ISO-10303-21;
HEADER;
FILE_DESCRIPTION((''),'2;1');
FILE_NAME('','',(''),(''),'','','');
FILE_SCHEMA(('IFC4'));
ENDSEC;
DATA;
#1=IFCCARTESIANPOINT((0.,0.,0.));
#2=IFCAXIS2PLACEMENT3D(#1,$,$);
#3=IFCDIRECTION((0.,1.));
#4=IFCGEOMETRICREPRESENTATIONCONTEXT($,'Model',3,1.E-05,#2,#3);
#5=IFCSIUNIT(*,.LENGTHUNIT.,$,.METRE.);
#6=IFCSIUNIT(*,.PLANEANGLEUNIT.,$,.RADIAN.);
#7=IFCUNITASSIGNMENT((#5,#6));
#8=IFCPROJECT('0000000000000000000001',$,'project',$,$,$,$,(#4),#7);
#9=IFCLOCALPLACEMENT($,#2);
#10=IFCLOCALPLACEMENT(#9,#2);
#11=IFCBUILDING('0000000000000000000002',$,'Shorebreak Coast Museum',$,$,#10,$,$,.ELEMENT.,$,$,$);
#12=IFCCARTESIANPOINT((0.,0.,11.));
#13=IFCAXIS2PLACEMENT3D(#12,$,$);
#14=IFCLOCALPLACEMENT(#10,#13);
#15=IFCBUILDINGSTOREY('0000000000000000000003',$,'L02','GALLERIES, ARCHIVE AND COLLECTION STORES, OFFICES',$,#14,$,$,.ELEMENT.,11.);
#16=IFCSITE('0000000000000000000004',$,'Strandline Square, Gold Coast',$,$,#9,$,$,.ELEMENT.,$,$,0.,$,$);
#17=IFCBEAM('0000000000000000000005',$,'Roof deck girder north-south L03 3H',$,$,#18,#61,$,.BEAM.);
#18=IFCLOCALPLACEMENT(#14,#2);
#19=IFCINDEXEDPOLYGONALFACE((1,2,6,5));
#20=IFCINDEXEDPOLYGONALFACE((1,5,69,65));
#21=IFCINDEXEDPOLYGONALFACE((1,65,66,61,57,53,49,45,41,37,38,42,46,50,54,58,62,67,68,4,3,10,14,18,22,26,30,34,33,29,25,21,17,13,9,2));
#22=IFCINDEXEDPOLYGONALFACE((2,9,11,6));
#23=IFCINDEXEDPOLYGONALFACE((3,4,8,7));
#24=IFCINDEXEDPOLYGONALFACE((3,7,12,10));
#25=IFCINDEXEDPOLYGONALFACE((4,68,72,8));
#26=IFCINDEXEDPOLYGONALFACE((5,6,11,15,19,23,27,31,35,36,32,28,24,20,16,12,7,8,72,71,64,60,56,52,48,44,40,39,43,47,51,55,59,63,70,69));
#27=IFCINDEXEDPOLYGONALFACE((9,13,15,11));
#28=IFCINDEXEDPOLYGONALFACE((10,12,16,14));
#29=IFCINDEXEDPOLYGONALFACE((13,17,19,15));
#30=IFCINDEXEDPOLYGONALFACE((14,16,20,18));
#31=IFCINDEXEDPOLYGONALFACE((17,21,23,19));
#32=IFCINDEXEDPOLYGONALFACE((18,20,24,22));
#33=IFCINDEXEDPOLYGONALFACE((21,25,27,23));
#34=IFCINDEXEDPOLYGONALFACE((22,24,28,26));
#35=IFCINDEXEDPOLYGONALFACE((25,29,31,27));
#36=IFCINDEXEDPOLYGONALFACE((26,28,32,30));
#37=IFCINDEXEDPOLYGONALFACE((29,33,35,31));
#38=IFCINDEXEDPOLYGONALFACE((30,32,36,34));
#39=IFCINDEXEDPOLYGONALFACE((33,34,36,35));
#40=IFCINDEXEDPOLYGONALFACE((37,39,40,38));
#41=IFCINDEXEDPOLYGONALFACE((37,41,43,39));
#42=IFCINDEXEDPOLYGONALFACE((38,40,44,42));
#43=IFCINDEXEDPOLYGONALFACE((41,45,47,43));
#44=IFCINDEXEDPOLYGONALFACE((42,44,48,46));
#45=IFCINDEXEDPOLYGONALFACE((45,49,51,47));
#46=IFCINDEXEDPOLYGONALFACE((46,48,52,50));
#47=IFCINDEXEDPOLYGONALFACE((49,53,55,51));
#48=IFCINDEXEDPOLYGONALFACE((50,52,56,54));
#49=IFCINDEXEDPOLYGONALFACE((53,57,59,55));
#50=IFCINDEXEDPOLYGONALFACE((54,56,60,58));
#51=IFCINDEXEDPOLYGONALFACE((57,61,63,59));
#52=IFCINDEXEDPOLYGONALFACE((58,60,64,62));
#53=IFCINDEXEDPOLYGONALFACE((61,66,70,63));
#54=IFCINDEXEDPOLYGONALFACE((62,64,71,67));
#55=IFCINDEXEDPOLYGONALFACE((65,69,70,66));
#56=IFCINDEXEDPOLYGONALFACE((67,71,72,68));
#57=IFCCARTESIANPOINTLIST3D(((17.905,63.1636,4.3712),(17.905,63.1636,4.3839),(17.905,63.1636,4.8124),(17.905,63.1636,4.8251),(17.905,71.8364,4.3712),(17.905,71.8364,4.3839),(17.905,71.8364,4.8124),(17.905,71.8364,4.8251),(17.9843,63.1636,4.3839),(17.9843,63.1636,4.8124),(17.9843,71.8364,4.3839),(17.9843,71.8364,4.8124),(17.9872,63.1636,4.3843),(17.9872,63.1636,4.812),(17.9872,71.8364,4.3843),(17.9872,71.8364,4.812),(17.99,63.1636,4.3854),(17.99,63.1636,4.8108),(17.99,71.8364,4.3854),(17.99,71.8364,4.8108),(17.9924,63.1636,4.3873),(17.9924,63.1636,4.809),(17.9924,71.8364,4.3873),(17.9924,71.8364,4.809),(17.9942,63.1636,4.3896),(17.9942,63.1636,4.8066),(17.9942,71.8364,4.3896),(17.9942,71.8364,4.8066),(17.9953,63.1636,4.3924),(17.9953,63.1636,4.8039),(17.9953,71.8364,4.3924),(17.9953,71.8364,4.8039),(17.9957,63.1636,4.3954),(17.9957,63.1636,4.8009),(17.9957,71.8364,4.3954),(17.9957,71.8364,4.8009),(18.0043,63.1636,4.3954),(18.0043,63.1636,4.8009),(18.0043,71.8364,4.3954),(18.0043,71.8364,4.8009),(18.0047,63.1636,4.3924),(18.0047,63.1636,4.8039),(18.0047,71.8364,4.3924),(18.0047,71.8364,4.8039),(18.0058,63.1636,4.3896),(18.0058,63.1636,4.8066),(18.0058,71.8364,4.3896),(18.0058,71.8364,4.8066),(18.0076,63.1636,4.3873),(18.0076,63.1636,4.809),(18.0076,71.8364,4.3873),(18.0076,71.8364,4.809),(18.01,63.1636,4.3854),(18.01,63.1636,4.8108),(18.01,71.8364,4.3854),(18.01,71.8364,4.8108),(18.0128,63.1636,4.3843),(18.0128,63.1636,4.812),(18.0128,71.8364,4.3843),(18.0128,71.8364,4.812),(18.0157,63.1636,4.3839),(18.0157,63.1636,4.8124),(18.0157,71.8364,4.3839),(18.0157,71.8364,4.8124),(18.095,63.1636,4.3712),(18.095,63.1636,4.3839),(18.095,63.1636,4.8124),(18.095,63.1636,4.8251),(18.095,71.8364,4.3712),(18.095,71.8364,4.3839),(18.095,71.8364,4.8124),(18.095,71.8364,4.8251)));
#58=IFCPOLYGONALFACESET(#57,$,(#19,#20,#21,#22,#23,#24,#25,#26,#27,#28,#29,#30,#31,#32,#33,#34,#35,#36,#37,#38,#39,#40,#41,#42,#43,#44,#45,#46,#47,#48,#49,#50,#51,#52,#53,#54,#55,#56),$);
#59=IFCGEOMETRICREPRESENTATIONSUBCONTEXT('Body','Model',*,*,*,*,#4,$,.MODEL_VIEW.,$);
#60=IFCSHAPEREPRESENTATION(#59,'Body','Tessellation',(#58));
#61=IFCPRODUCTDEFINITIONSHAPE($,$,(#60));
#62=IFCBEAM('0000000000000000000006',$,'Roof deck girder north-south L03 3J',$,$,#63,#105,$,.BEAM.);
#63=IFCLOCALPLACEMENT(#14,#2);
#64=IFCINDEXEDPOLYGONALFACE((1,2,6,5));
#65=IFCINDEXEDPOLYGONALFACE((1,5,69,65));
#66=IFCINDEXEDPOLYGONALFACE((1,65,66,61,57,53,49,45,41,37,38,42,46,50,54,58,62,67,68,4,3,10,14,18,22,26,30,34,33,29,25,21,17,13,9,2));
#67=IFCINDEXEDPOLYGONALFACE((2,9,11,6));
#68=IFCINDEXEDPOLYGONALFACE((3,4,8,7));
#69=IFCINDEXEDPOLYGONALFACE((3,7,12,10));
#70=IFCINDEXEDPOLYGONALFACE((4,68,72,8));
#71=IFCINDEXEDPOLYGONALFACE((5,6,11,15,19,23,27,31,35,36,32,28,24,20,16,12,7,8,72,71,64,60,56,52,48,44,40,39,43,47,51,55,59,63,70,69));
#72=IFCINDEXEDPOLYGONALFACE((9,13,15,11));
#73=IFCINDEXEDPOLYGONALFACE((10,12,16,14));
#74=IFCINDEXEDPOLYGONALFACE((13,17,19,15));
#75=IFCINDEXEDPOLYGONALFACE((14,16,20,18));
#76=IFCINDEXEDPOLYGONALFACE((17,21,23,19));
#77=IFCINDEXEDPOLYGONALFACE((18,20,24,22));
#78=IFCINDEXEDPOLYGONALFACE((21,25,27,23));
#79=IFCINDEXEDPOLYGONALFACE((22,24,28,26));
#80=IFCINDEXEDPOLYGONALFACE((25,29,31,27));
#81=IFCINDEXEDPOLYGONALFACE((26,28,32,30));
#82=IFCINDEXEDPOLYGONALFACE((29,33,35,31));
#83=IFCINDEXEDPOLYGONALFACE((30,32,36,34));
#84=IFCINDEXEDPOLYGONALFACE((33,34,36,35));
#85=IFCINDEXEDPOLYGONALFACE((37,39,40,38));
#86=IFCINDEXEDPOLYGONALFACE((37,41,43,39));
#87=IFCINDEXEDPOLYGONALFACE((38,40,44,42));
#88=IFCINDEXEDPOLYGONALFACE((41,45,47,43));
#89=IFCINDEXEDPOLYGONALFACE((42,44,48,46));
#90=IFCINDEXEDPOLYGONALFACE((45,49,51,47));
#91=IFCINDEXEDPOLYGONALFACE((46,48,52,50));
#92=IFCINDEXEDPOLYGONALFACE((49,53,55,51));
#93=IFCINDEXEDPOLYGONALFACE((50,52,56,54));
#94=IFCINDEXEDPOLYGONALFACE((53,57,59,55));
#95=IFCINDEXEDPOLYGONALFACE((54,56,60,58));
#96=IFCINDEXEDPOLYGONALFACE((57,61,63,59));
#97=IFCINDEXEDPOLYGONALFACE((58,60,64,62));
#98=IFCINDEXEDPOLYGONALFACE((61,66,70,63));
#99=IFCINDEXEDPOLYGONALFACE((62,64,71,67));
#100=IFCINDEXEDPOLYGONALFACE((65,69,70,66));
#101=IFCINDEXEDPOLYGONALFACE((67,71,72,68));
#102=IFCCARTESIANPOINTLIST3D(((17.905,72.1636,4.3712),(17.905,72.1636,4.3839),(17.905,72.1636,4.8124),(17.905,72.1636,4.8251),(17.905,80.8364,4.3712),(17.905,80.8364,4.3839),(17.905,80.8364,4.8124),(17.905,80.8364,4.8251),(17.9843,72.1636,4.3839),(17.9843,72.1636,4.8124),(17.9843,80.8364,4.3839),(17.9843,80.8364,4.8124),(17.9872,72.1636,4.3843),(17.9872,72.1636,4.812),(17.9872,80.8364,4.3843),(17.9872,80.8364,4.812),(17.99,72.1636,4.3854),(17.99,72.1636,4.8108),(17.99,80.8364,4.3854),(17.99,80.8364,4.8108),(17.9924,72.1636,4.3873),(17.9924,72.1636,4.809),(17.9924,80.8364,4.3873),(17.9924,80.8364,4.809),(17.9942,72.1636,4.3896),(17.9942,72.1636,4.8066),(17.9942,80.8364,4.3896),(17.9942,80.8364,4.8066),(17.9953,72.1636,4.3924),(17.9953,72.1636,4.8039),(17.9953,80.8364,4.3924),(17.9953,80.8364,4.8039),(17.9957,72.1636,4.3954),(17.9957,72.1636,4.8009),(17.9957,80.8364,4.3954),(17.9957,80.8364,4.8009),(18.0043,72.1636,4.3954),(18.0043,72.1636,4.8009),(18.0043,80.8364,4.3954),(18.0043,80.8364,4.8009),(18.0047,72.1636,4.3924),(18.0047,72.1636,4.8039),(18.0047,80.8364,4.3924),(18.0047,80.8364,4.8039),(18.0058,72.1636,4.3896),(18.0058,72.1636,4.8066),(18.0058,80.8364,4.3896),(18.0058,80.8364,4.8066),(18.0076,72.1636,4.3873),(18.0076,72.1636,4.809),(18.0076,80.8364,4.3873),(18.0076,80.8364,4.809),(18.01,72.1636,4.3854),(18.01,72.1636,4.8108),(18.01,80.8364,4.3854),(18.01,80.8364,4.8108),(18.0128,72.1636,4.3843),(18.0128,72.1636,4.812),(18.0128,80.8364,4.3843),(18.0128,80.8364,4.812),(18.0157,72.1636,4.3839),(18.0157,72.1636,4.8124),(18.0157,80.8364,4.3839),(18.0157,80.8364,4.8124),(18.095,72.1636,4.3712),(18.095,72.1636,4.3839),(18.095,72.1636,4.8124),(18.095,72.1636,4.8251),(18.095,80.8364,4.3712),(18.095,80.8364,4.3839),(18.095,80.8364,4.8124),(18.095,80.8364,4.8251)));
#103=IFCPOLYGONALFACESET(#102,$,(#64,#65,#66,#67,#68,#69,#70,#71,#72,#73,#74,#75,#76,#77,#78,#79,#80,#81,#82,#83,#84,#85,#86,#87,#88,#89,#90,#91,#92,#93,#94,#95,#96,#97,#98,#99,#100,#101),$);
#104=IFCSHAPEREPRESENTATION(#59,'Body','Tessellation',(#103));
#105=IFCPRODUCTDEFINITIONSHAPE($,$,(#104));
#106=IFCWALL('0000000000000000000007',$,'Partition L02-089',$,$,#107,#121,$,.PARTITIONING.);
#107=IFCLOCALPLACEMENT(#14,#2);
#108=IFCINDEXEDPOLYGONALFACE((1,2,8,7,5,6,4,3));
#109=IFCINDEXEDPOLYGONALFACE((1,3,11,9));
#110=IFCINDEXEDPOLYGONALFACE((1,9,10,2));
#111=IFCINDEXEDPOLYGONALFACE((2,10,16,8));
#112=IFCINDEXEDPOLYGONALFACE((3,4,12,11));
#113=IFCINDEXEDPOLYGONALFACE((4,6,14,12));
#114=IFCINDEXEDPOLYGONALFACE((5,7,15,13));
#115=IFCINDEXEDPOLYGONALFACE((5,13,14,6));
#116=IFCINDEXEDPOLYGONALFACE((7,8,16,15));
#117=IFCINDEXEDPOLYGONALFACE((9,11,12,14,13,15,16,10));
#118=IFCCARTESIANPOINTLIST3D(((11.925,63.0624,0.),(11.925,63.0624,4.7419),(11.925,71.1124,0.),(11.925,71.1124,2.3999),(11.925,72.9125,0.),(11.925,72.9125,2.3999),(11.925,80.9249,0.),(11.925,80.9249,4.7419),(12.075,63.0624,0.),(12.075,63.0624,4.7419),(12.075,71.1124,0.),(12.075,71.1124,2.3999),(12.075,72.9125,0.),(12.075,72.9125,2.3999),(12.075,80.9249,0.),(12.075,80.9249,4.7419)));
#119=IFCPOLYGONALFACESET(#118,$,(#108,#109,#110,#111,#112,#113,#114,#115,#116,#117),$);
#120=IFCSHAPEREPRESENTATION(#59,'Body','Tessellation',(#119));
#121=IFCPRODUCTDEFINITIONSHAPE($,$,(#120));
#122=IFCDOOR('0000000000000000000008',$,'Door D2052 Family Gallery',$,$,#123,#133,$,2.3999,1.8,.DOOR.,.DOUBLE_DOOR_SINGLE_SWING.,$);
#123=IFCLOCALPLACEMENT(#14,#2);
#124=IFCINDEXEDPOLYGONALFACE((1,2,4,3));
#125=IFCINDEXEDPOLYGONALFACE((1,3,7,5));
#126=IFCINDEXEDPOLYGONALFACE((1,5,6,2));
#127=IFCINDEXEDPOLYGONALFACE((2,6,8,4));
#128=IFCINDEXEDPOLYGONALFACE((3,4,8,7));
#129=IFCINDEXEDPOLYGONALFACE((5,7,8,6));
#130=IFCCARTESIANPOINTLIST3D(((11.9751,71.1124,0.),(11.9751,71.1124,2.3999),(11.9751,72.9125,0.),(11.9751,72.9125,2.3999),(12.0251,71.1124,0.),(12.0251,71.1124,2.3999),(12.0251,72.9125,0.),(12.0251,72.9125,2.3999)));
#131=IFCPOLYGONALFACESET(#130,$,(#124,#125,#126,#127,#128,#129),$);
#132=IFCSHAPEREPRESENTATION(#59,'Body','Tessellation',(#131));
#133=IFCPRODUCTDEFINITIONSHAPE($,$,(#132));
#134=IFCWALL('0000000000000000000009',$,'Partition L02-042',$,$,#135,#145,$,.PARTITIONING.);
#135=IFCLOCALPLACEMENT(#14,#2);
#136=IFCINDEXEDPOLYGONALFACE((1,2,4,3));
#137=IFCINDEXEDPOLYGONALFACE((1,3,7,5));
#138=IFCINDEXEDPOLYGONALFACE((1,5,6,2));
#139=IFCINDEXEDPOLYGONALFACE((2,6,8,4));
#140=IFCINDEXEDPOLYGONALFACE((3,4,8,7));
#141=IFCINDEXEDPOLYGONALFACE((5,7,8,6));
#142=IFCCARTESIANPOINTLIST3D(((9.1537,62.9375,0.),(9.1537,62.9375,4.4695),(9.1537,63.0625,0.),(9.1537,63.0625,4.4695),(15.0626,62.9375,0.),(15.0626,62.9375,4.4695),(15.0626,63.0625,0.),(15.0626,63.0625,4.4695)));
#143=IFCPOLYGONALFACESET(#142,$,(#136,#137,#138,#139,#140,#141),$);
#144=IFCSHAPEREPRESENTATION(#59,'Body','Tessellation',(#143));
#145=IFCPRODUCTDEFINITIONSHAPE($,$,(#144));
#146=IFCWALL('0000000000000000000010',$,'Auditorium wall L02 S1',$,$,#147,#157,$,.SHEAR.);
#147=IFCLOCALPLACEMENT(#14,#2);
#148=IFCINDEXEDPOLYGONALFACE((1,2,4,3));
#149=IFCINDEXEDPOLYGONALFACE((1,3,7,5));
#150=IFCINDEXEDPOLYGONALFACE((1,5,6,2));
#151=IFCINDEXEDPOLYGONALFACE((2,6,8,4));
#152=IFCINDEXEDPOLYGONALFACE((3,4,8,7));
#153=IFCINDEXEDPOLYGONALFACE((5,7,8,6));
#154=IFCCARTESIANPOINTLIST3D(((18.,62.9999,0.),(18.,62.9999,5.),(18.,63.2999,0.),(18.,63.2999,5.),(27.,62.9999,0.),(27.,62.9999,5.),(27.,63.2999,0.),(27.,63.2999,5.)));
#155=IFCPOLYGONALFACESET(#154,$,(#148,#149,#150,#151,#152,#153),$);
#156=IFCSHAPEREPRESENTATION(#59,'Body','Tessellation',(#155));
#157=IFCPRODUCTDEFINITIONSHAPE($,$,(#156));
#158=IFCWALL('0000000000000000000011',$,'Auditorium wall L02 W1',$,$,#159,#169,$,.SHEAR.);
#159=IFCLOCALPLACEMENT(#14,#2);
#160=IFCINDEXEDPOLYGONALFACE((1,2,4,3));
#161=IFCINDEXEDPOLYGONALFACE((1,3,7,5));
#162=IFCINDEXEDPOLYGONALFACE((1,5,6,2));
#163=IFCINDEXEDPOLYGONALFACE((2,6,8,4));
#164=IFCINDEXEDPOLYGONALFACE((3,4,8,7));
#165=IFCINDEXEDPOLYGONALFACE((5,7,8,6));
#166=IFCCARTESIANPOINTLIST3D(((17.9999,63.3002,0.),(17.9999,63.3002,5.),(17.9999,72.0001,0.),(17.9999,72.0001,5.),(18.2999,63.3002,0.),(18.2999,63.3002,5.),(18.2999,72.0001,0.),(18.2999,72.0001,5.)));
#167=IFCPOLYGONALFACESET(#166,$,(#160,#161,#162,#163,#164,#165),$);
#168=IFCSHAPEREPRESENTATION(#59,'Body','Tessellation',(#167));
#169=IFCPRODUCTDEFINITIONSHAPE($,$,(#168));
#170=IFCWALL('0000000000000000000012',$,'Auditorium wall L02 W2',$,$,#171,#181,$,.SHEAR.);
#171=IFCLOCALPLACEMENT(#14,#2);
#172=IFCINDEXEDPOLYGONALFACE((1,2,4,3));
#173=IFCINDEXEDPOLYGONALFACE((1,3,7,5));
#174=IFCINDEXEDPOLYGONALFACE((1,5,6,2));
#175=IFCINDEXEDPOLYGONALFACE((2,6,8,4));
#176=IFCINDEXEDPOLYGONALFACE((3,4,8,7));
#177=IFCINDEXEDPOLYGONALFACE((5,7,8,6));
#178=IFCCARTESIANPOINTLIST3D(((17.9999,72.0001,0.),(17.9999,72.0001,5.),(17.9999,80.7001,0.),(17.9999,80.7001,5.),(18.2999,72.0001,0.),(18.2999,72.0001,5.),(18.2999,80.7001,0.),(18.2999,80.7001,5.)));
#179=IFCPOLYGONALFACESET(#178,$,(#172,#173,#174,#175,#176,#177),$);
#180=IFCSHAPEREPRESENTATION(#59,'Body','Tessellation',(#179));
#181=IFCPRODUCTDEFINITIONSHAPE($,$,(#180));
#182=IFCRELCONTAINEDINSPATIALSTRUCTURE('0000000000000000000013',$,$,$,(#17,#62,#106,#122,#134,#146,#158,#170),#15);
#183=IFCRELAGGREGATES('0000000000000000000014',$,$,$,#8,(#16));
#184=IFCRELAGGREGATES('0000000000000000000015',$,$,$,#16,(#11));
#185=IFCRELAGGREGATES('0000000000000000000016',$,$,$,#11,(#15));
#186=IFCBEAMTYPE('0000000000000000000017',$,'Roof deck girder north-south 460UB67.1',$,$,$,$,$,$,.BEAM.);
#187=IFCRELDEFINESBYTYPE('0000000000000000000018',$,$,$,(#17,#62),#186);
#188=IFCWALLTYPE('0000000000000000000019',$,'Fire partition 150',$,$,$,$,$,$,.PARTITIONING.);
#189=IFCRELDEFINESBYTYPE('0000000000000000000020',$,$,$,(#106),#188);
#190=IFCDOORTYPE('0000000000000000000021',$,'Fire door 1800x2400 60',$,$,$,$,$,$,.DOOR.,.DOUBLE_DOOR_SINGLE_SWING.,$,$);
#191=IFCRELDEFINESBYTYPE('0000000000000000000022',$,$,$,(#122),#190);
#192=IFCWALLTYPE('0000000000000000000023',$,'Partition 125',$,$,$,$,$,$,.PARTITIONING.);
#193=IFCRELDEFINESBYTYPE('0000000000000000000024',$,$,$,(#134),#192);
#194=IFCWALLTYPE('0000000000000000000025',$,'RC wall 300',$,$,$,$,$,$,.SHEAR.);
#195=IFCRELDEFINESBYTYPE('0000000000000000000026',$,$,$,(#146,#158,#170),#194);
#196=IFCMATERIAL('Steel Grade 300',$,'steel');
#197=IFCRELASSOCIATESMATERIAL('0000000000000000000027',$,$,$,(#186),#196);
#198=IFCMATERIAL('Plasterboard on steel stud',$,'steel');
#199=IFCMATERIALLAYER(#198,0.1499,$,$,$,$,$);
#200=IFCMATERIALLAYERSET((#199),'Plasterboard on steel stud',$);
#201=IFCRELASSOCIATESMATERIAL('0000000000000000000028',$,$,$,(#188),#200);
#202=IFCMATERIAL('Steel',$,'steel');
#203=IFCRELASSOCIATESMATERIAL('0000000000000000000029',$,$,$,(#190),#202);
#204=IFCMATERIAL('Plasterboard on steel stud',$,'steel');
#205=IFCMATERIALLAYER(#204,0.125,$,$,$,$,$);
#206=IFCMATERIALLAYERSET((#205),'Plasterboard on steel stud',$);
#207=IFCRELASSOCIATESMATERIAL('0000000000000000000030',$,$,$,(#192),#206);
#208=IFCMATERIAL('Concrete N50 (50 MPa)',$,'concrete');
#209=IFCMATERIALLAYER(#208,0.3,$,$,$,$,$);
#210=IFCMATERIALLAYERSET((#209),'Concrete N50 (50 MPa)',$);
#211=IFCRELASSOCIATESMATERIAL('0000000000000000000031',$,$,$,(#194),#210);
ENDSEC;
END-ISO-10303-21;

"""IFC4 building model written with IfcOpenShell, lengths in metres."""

from ifc_helpers import new_model, si_unit, direction, frame, frame_2d, origin, origin_2d, place, context, subcontext, project, spatial, rectangle, i_section, extrude, material, layer, layer_set, material_profile, profile_set, type_object, element, fill, save


model = new_model("IFC4")

# Units and contexts
model_context = context("Model", 3, precision=1e-05, world=origin(), true_north=direction((0.0, 1.0)))
body_context = subcontext(model_context, "Body", "Model", "MODEL_VIEW")
ifc_project = project(units=[si_unit("LENGTHUNIT", "METRE"), si_unit("PLANEANGLEUNIT", "RADIAN")], contexts=[model_context])

# Site, building, storey
site_placement = place(None, origin())
site = spatial("IfcSite", under=ifc_project, at=site_placement, Name="Strandline Square, Gold Coast", CompositionType="ELEMENT", RefElevation=0.0)
building_placement = place(site_placement, origin())
building = spatial("IfcBuilding", under=site, at=building_placement, Name="Shorebreak Coast Museum", CompositionType="ELEMENT")
storey_placement = place(building_placement, frame((0.0, 0.0, 11.0)))
storey = spatial("IfcBuildingStorey", under=building, at=storey_placement, Name="L02", Description="GALLERIES, ARCHIVE AND COLLECTION STORES, OFFICES", CompositionType="ELEMENT", Elevation=11.0)

# Beams
ifc_material_1 = material(Name="Steel Grade 300", Category="steel")
ifc_material_profile_1 = material_profile(ifc_material_1, i_section(OverallWidth=0.1899, OverallDepth=0.4539, WebThickness=0.0085, FlangeThickness=0.0127, FilletRadius=0.0115, at=origin_2d()), Name="460UB67.1")
ifc_profile_set_1 = profile_set([ifc_material_profile_1], Name="Steel Grade 300")
beam_type_1 = type_object("IfcBeamType", Name="Roof deck girder north-south 460UB67.1", PredefinedType="BEAM", material=ifc_profile_set_1)
for number, where, z_axis, x_axis, name in (
    (1, (18.0, 63.1636, 4.5981), (0.0, 1.0, 0.0), (-1.0, 0.0, 0.0), "Roof deck girder north-south L03 3H"),
    (2, (18.0, 72.1636, 4.5981), (0.0, 1.0, 0.0), (-1.0, 0.0, 0.0), "Roof deck girder north-south L03 3J"),
):
    element("IfcBeam", number, at=place(storey_placement, frame(where, z_axis=z_axis, x_axis=x_axis)), inside=storey, type_object=beam_type_1, Name=name, PredefinedType="BEAM", context=body_context, shape_type="SweptSolid", body=[
        extrude(i_section(OverallWidth=0.1899, OverallDepth=0.4539, WebThickness=0.0085, FlangeThickness=0.0127, FilletRadius=0.0115, at=origin_2d()), origin(), (0.0, 0.0, 1.0), 8.6729),
    ])

# Wall, opening, door
ifc_material_2 = material(Name="Plasterboard on steel stud", Category="steel")
ifc_layer_1 = layer(ifc_material_2, 0.1499)
ifc_layer_set_1 = layer_set([ifc_layer_1], Name="Plasterboard on steel stud")
wall_type_1 = type_object("IfcWallType", Name="Fire partition 150", PredefinedType="PARTITIONING", material=ifc_layer_set_1)
wall_1_placement = place(storey_placement, frame((12.0, 63.0625, 0.0), z_axis=(0.0, 0.0, 1.0), x_axis=(0.0, 1.0, 0.0)))
wall_1 = element("IfcWall", 3, at=wall_1_placement, inside=storey, type_object=wall_type_1, Name="Partition L02-089", PredefinedType="PARTITIONING", context=body_context, shape_type="SweptSolid", body=[
    extrude(rectangle(XDim=17.8625, YDim=0.1499, at=frame_2d((8.9312, 0.0))), origin(), (0.0, 0.0, 1.0), 4.7419),
])
opening_placement = place(wall_1_placement, frame((8.05, 0.0, 0.0)))
opening = element("IfcOpeningElement", 4, at=opening_placement, cuts=wall_1, PredefinedType="OPENING", context=body_context, shape_type="SweptSolid", body=[
    extrude(rectangle(XDim=1.8, YDim=2.3999, at=frame_2d((0.8999, 1.2))), frame((0.0, 0.085, 0.0), z_axis=(0.0, -1.0, 0.0), x_axis=(1.0, 0.0, 0.0)), (0.0, 0.0, 1.0), 0.1699),
])
ifc_material_3 = material(Name="Steel", Category="steel")
door_type = type_object("IfcDoorType", Name="Fire door 1800x2400 60", OperationType="DOUBLE_DOOR_SINGLE_SWING", PredefinedType="DOOR", material=ifc_material_3)
door_placement = place(opening_placement, origin())
door = element("IfcDoor", 5, at=door_placement, inside=storey, type_object=door_type, Name="Door D2052 Family Gallery", OperationType="DOUBLE_DOOR_SINGLE_SWING", OverallHeight=2.3999, OverallWidth=1.8, PredefinedType="DOOR", context=body_context, shape_type="SweptSolid", body=[
    extrude(rectangle(XDim=1.8, YDim=2.3999, at=frame_2d((0.8999, 1.2))), frame((0.0, 0.0249, 0.0), z_axis=(0.0, -1.0, 0.0), x_axis=(1.0, 0.0, 0.0)), (0.0, 0.0, 1.0), 0.05),
])
fill(opening, door)

# Walls
ifc_material_4 = material(Name="Plasterboard on steel stud", Category="steel")
ifc_layer_2 = layer(ifc_material_4, 0.125)
ifc_layer_set_2 = layer_set([ifc_layer_2], Name="Plasterboard on steel stud")
wall_type_2 = type_object("IfcWallType", Name="Partition 125", PredefinedType="PARTITIONING", material=ifc_layer_set_2)
wall_2_placement = place(storey_placement, frame((9.1536, 63.0, 0.0), z_axis=(0.0, 0.0, 1.0), x_axis=(1.0, 0.0, 0.0)))
element("IfcWall", 6, at=wall_2_placement, inside=storey, type_object=wall_type_2, Name="Partition L02-042", PredefinedType="PARTITIONING", context=body_context, shape_type="SweptSolid", body=[
    extrude(rectangle(XDim=5.9089, YDim=0.125, at=frame_2d((2.9546, 0.0))), origin(), (0.0, 0.0, 1.0), 4.4695),
])
ifc_material_5 = material(Name="Concrete N50 (50 MPa)", Category="concrete")
ifc_layer_3 = layer(ifc_material_5, 0.3)
ifc_layer_set_3 = layer_set([ifc_layer_3], Name="Concrete N50 (50 MPa)")
wall_type_3 = type_object("IfcWallType", Name="RC wall 300", PredefinedType="SHEAR", material=ifc_layer_set_3)
wall_3_placement = place(storey_placement, frame((18.0, 63.1499, 0.0), z_axis=(0.0, 0.0, 1.0), x_axis=(1.0, 0.0, 0.0)))
element("IfcWall", 7, at=wall_3_placement, inside=storey, type_object=wall_type_3, Name="Auditorium wall L02 S1", PredefinedType="SHEAR", context=body_context, shape_type="SweptSolid", body=[
    extrude(rectangle(XDim=9.0, YDim=0.3, at=frame_2d((4.5, 0.0))), origin(), (0.0, 0.0, 1.0), 5.0),
])
for number, where, z_axis, x_axis, name in (
    (8, (18.1499, 63.3, 0.0), (0.0, 0.0, 1.0), (0.0, 1.0, 0.0), "Auditorium wall L02 W1"),
    (9, (18.1499, 72.0, 0.0), (0.0, 0.0, 1.0), (0.0, 1.0, 0.0), "Auditorium wall L02 W2"),
):
    element("IfcWall", number, at=place(storey_placement, frame(where, z_axis=z_axis, x_axis=x_axis)), inside=storey, type_object=wall_type_3, Name=name, PredefinedType="SHEAR", context=body_context, shape_type="SweptSolid", body=[
        extrude(rectangle(XDim=8.7, YDim=0.3, at=frame_2d((4.3501, 0.0))), origin(), (0.0, 0.0, 1.0), 5.0),
    ])

save(model, "model.ifc")
